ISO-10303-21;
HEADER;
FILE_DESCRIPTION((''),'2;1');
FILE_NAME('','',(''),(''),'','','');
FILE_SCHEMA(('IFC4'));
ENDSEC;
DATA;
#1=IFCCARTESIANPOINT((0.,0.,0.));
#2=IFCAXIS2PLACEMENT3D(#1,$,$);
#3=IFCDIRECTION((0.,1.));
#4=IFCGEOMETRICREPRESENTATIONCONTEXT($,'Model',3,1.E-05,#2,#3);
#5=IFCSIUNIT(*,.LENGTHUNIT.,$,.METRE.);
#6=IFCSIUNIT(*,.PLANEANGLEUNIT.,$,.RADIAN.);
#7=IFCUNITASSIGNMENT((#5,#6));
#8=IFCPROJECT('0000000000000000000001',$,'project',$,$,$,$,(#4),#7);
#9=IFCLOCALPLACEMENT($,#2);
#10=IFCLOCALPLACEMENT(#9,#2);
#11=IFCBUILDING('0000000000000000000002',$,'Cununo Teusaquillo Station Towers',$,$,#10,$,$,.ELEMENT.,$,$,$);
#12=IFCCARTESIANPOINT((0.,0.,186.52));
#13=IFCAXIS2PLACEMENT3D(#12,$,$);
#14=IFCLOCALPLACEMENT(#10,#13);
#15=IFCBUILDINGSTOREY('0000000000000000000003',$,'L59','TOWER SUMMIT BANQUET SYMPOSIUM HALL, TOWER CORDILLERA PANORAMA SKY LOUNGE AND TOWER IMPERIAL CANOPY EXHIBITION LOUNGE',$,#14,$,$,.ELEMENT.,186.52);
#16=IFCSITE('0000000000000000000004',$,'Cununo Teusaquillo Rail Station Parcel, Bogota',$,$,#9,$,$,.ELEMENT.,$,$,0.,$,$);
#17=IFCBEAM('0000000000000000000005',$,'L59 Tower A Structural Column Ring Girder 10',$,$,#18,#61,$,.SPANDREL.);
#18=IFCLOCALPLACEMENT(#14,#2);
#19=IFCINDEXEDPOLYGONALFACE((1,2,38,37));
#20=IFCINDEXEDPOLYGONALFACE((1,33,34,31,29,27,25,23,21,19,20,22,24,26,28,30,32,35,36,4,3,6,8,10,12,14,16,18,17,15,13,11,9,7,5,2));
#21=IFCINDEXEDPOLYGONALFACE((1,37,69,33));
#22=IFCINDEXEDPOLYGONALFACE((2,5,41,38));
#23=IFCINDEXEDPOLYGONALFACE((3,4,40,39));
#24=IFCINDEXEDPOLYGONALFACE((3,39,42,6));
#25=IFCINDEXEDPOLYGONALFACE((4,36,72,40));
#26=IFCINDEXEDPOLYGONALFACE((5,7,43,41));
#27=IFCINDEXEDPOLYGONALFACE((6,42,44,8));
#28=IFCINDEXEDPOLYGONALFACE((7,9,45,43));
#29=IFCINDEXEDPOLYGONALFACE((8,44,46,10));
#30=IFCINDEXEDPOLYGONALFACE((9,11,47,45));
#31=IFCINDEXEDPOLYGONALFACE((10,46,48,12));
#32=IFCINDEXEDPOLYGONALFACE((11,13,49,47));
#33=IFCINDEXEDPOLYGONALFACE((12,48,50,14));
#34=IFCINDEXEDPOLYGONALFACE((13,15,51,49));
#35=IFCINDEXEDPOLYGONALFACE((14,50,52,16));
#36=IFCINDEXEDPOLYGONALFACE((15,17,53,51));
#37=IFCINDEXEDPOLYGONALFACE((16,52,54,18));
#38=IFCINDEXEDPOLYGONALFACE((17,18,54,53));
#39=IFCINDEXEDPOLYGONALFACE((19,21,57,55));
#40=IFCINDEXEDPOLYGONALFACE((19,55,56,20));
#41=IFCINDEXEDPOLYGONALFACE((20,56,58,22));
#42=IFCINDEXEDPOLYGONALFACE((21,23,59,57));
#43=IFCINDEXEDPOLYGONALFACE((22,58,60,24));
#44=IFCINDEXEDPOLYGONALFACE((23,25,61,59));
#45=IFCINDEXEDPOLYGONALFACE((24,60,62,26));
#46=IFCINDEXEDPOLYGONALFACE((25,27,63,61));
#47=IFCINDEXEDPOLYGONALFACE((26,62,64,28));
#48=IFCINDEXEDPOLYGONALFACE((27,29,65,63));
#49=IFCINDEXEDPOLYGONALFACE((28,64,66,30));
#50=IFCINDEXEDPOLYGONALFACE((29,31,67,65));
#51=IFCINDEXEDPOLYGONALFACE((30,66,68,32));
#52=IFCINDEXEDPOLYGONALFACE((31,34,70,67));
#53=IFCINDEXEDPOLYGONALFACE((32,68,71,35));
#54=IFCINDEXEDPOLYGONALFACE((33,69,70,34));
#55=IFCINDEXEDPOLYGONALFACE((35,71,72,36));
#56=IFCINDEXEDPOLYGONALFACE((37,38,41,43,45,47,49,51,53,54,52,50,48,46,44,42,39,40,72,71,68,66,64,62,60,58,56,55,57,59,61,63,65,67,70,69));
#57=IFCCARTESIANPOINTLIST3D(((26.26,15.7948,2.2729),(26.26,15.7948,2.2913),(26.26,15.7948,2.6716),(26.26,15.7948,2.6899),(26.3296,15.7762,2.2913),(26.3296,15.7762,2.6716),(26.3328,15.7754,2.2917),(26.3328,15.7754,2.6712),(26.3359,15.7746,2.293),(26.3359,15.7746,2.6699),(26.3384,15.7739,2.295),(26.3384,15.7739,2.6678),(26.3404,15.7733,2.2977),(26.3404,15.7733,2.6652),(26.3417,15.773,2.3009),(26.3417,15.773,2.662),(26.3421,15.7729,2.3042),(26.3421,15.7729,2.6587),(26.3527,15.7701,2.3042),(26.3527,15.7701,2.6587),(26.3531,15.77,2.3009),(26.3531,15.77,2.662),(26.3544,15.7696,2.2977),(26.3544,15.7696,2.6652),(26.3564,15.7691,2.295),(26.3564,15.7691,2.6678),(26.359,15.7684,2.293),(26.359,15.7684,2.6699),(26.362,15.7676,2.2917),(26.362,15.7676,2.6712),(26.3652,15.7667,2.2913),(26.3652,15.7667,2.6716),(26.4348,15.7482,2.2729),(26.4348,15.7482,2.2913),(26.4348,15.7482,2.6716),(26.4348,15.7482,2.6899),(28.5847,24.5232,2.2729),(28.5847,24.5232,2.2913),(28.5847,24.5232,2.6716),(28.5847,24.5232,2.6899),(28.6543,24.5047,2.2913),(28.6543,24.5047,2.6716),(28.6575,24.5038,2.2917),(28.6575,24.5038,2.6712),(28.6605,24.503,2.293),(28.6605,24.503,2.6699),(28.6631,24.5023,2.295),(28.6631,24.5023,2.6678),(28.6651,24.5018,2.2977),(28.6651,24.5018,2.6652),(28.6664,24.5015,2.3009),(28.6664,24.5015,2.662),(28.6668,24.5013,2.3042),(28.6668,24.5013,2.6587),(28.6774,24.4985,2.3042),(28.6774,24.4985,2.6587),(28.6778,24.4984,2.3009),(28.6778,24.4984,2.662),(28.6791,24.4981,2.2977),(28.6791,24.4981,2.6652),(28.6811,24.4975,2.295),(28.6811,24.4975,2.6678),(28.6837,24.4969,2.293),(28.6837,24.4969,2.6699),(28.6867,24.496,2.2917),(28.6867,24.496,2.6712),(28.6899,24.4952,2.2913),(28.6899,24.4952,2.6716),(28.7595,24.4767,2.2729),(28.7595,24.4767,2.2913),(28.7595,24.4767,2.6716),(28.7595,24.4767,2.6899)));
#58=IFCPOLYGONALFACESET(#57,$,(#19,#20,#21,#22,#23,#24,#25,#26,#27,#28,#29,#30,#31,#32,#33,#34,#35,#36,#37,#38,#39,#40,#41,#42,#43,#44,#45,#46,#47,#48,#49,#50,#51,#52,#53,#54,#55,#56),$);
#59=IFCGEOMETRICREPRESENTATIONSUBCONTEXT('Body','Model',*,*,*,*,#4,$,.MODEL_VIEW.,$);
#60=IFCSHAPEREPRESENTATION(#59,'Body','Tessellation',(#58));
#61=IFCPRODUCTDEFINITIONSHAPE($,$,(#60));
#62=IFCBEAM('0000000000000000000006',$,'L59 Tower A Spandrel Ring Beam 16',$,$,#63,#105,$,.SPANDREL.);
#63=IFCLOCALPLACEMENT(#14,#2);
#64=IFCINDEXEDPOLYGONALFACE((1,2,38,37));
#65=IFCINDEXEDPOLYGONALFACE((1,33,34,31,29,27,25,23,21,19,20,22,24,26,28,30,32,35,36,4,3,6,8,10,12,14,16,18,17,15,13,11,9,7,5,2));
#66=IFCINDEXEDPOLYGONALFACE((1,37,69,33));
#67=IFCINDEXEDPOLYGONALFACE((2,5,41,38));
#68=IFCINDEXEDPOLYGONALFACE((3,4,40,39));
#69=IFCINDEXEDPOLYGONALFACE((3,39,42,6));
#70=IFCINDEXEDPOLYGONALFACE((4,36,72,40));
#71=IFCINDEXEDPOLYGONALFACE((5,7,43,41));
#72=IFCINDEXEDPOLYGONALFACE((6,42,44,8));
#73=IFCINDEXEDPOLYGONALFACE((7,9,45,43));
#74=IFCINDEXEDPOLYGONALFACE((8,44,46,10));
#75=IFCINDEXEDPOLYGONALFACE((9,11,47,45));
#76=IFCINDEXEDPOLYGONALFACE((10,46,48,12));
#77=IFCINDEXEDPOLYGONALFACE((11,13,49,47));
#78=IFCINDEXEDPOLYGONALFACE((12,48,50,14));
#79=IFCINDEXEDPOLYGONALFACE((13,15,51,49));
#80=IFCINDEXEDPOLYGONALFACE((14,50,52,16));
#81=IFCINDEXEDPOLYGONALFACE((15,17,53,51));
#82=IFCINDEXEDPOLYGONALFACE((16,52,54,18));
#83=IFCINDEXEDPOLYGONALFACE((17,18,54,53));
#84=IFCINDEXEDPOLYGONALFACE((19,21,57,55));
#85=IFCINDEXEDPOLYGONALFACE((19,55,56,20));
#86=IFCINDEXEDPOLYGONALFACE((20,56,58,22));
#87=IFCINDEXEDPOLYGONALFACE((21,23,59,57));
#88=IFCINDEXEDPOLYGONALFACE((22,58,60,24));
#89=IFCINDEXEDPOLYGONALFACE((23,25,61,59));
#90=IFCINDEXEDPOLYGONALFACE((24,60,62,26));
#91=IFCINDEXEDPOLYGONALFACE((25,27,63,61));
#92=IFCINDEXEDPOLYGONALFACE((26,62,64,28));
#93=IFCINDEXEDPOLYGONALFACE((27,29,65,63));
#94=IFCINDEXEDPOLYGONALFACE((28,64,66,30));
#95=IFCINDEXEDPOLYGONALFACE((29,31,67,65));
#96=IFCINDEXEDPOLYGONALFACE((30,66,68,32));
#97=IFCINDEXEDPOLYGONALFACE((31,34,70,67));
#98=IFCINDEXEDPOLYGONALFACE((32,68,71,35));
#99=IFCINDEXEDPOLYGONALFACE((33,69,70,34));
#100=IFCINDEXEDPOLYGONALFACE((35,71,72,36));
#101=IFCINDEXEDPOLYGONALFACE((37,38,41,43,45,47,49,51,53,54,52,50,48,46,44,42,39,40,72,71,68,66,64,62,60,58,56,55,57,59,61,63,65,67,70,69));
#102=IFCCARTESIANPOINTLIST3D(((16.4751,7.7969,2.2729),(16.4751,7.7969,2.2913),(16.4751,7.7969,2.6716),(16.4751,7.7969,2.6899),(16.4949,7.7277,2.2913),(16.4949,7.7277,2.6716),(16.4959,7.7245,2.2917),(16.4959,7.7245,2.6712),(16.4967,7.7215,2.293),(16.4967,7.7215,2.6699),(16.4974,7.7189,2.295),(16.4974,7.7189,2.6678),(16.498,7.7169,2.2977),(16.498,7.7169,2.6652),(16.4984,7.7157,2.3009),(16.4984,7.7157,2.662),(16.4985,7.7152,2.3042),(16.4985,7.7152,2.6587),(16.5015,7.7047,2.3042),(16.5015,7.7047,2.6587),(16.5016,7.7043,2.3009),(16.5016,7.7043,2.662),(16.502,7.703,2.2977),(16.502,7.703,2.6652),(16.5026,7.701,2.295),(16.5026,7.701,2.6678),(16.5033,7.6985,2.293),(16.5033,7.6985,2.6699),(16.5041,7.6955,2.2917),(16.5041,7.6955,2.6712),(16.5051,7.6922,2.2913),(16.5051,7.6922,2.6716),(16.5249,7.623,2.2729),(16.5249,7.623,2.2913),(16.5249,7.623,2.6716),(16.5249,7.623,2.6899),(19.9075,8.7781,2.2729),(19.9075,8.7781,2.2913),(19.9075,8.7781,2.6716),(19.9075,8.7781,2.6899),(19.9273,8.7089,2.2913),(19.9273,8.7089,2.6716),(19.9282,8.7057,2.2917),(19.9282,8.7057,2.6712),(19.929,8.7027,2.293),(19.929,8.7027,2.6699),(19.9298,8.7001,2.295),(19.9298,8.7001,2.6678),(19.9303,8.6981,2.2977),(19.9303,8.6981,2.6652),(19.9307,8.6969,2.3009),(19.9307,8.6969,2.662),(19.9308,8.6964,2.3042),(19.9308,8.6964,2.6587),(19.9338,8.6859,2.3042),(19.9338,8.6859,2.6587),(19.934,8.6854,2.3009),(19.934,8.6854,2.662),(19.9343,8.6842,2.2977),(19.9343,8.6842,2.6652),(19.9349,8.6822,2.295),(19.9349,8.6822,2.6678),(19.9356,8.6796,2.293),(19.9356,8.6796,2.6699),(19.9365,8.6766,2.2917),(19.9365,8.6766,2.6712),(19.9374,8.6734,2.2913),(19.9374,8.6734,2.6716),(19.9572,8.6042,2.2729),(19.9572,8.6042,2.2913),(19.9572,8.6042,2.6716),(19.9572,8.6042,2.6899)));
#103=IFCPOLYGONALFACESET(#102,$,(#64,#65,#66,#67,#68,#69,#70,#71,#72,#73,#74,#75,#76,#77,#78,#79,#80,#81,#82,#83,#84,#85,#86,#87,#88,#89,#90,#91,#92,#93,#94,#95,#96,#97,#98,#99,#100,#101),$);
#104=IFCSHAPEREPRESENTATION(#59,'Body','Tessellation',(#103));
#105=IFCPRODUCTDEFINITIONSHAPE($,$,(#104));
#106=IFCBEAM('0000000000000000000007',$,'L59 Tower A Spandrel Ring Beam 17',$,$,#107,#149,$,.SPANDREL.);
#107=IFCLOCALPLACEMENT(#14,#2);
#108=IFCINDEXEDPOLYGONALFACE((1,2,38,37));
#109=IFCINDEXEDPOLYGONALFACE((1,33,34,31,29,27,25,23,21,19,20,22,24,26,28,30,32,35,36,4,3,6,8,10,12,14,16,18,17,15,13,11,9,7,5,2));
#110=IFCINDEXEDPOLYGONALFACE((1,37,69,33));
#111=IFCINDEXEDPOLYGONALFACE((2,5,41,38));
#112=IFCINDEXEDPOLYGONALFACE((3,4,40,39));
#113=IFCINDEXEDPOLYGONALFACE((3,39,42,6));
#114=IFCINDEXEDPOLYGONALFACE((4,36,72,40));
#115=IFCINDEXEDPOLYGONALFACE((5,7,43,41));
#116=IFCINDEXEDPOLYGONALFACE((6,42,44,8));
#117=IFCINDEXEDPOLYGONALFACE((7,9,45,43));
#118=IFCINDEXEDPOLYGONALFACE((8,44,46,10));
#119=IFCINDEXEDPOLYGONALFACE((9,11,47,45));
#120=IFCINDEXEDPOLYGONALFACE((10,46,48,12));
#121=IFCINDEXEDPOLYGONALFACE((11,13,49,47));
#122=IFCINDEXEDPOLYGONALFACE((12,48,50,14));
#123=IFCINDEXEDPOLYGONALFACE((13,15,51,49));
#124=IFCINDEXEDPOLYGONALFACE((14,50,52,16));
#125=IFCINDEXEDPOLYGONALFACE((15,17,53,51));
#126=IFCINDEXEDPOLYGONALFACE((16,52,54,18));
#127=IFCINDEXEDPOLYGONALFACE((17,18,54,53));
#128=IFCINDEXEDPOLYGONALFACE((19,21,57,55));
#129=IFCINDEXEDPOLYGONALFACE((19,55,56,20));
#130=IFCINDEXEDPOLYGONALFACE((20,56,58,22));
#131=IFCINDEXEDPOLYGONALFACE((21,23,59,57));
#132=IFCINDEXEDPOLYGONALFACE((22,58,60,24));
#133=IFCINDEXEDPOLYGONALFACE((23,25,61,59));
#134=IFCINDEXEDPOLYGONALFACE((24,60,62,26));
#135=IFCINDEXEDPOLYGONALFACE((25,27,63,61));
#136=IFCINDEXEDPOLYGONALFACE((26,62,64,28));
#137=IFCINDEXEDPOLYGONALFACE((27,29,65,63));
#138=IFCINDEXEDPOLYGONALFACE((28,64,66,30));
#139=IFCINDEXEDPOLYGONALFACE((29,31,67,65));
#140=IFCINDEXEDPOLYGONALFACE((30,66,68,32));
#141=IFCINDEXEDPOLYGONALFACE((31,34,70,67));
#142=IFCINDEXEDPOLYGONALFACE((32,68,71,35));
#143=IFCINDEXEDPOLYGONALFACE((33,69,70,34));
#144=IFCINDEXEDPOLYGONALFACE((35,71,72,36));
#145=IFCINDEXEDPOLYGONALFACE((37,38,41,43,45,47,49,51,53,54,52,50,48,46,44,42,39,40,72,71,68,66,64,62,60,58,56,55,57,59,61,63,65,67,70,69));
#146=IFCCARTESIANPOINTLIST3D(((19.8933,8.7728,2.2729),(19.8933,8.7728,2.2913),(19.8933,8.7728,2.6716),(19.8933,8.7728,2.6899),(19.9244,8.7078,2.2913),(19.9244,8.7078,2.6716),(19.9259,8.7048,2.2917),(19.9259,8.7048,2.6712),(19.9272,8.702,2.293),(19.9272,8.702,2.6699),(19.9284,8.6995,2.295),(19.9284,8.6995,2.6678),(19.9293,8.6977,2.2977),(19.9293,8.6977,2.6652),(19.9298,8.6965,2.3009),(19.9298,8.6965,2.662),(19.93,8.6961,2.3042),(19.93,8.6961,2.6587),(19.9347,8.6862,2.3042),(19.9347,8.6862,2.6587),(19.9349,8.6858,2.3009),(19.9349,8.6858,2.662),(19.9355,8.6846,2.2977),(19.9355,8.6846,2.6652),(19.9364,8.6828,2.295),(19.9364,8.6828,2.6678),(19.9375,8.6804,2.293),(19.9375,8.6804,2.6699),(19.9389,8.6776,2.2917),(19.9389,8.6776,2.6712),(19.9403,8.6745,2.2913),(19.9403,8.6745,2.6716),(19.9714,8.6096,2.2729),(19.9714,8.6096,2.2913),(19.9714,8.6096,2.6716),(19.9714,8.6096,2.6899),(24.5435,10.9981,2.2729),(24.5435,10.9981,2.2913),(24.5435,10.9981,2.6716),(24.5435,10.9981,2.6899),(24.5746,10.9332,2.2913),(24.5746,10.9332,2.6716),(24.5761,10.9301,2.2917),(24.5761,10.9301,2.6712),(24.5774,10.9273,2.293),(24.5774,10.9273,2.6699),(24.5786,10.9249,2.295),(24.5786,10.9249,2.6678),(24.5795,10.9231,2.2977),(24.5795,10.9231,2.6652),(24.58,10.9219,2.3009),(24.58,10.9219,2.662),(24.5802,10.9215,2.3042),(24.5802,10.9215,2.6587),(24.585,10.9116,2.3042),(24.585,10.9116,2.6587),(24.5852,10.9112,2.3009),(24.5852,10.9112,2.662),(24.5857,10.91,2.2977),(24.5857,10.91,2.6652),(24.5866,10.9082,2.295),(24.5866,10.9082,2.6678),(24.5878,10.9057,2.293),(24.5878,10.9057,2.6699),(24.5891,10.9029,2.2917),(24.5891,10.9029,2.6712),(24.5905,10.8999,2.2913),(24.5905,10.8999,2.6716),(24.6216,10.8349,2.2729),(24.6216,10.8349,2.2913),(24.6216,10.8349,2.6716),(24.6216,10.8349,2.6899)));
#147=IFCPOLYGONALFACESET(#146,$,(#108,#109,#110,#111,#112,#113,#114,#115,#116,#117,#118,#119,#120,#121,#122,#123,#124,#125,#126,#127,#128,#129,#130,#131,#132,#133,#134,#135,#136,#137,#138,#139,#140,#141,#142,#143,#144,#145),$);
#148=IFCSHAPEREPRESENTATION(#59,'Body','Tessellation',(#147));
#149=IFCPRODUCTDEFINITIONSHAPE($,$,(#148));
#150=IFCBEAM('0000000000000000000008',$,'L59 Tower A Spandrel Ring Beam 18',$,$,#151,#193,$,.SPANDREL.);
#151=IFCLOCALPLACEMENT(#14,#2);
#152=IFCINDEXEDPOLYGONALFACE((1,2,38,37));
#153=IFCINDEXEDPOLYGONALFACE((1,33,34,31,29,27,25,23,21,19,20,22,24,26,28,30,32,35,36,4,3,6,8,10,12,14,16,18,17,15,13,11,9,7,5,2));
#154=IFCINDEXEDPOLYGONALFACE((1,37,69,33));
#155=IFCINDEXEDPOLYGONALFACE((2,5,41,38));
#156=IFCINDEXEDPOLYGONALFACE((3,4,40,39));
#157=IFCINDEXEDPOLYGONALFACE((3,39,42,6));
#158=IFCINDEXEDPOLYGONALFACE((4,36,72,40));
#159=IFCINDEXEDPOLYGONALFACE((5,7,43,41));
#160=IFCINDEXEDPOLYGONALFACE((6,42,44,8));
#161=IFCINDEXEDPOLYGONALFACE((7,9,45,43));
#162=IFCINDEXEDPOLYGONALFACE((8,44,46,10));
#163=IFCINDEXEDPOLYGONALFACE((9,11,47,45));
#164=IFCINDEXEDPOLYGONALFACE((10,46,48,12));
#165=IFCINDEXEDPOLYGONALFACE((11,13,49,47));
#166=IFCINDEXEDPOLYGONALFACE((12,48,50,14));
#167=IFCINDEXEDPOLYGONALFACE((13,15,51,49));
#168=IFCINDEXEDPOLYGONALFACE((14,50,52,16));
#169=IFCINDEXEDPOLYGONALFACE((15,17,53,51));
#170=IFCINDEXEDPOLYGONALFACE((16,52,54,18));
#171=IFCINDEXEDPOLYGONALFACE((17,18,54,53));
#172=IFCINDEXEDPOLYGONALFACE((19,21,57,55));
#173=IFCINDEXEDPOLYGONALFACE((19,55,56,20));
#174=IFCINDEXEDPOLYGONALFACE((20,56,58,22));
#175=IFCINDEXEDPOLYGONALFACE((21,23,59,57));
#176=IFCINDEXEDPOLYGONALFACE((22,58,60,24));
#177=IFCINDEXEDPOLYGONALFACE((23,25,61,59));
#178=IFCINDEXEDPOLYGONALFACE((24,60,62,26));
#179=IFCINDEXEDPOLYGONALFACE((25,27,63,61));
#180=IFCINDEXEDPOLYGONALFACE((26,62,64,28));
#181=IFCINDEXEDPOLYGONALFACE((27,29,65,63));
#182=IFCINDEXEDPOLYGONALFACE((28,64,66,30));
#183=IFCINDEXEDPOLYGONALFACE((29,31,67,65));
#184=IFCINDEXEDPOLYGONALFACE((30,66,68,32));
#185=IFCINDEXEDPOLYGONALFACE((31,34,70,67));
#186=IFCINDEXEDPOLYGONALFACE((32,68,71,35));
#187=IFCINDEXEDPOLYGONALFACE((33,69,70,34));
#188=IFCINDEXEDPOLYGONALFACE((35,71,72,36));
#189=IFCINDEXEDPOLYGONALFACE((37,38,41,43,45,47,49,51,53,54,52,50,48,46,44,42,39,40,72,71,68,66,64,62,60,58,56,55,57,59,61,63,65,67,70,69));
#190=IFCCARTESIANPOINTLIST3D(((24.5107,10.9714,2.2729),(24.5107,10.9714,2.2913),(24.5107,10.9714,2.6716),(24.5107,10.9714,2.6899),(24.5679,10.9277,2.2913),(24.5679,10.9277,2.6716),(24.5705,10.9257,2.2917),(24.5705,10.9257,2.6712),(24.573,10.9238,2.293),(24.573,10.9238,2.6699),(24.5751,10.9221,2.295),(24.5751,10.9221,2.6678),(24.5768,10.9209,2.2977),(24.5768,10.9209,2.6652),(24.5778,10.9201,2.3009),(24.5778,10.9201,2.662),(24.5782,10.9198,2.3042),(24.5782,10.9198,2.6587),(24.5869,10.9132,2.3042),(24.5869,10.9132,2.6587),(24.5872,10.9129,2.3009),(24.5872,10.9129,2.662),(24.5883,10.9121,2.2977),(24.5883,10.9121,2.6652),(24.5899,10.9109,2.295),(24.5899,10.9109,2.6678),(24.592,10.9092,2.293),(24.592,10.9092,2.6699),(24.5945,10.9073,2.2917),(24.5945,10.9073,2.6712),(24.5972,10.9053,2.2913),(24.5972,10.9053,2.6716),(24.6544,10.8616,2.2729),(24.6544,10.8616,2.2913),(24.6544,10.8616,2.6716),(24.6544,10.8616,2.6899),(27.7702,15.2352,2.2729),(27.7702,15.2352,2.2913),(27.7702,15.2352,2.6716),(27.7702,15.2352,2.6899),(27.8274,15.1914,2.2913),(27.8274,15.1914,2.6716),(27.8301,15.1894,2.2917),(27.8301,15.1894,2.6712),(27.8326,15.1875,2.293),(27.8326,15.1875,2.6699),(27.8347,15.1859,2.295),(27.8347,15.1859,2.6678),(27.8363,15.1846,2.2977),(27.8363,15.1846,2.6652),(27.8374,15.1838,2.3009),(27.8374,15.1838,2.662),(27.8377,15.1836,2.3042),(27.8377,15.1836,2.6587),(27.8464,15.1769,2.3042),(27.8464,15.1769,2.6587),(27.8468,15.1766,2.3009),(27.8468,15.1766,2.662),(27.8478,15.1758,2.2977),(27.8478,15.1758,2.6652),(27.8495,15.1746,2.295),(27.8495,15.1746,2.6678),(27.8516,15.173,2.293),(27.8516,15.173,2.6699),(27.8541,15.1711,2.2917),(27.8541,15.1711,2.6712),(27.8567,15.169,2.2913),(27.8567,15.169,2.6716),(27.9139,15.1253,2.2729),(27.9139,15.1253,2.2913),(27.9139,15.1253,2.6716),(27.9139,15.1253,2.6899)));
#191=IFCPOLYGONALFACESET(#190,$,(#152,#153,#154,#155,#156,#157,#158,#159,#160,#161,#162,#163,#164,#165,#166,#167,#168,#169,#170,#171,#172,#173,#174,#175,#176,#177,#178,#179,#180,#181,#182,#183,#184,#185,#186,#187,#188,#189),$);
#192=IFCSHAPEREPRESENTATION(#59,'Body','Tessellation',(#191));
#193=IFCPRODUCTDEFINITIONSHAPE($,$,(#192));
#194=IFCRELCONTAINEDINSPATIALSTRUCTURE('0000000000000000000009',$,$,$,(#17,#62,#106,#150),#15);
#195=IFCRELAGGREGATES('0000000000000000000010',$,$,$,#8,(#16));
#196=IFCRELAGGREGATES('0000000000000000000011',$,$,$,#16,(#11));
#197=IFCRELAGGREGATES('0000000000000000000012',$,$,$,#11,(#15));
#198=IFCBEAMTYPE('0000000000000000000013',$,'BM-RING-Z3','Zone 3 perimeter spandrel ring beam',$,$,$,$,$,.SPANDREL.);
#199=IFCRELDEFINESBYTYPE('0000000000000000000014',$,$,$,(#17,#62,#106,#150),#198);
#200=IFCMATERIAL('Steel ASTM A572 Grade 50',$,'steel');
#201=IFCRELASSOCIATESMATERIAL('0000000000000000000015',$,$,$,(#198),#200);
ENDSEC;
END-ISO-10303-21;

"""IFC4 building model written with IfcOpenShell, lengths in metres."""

from ifc_helpers import new_model, si_unit, direction, frame, origin, origin_2d, place, context, subcontext, project, spatial, i_section, extrude, material, material_profile, profile_set, type_object, element, save


model = new_model("IFC4")

# Units and contexts
model_context = context("Model", 3, precision=1e-05, world=origin(), true_north=direction((0.0, 1.0)))
body_context = subcontext(model_context, "Body", "Model", "MODEL_VIEW")
ifc_project = project(units=[si_unit("LENGTHUNIT", "METRE"), si_unit("PLANEANGLEUNIT", "RADIAN")], contexts=[model_context])

# Site, building, storey
site_placement = place(None, origin())
site = spatial("IfcSite", under=ifc_project, at=site_placement, Name="Cununo Teusaquillo Rail Station Parcel, Bogota", CompositionType="ELEMENT", RefElevation=0.0)
building_placement = place(site_placement, origin())
building = spatial("IfcBuilding", under=site, at=building_placement, Name="Cununo Teusaquillo Station Towers", CompositionType="ELEMENT")
storey_placement = place(building_placement, frame((0.0, 0.0, 186.52)))
storey = spatial("IfcBuildingStorey", under=building, at=storey_placement, Name="L59", Description="TOWER SUMMIT BANQUET SYMPOSIUM HALL, TOWER CORDILLERA PANORAMA SKY LOUNGE AND TOWER IMPERIAL CANOPY EXHIBITION LOUNGE", CompositionType="ELEMENT", Elevation=186.52)

# Beams
ifc_material_1 = material(Name="Steel ASTM A572 Grade 50", Category="steel")
ifc_material_profile_1 = material_profile(ifc_material_1, i_section(OverallWidth=0.1809, OverallDepth=0.417, WebThickness=0.011, FlangeThickness=0.0183, FilletRadius=0.0129, at=origin_2d()), Name="W16X57")
ifc_profile_set_1 = profile_set([ifc_material_profile_1], Name="Steel ASTM A572 Grade 50")
beam_type_1 = type_object("IfcBeamType", Name="BM-RING-Z3", Description="Zone 3 perimeter spandrel ring beam", PredefinedType="SPANDREL", material=ifc_profile_set_1)
beam_1_placement = place(storey_placement, frame((26.3474, 15.7715, 2.4814), z_axis=(0.257363, 0.966315, 0.0), x_axis=(-0.966315, 0.257363, 0.0)))
element("IfcBeam", 1, at=beam_1_placement, inside=storey, type_object=beam_type_1, Name="L59 Tower A Structural Column Ring Girder 10", PredefinedType="SPANDREL", context=body_context, shape_type="SweptSolid", body=[
    extrude(i_section(OverallWidth=0.1809, OverallDepth=0.417, WebThickness=0.011, FlangeThickness=0.0183, FilletRadius=0.0129, at=origin_2d()), origin(), (0.0, 0.0, 1.0), 9.0327),
])
beam_2_placement = place(storey_placement, frame((16.5, 7.71, 2.4814), z_axis=(0.961485, 0.274857, 0.0), x_axis=(-0.274857, 0.961485, 0.0)))
element("IfcBeam", 2, at=beam_2_placement, inside=storey, type_object=beam_type_1, Name="L59 Tower A Spandrel Ring Beam 16", PredefinedType="SPANDREL", context=body_context, shape_type="SweptSolid", body=[
    extrude(i_section(OverallWidth=0.1809, OverallDepth=0.417, WebThickness=0.011, FlangeThickness=0.0183, FilletRadius=0.0129, at=origin_2d()), origin(), (0.0, 0.0, 1.0), 3.5698),
])
beam_3_placement = place(storey_placement, frame((19.9324, 8.6912, 2.4814), z_axis=(0.902032, 0.43167, 0.0), x_axis=(-0.43167, 0.902032, 0.0)))
element("IfcBeam", 3, at=beam_3_placement, inside=storey, type_object=beam_type_1, Name="L59 Tower A Spandrel Ring Beam 17", PredefinedType="SPANDREL", context=body_context, shape_type="SweptSolid", body=[
    extrude(i_section(OverallWidth=0.1809, OverallDepth=0.417, WebThickness=0.011, FlangeThickness=0.0183, FilletRadius=0.0129, at=origin_2d()), origin(), (0.0, 0.0, 1.0), 5.1553),
])
beam_4_placement = place(storey_placement, frame((24.5825, 10.9165, 2.4814), z_axis=(0.60734, 0.794442, 0.0), x_axis=(-0.794442, 0.60734, 0.0)))
element("IfcBeam", 4, at=beam_4_placement, inside=storey, type_object=beam_type_1, Name="L59 Tower A Spandrel Ring Beam 18", PredefinedType="SPANDREL", context=body_context, shape_type="SweptSolid", body=[
    extrude(i_section(OverallWidth=0.1809, OverallDepth=0.417, WebThickness=0.011, FlangeThickness=0.0183, FilletRadius=0.0129, at=origin_2d()), origin(), (0.0, 0.0, 1.0), 5.3669),
])

save(model, "model.ifc")
